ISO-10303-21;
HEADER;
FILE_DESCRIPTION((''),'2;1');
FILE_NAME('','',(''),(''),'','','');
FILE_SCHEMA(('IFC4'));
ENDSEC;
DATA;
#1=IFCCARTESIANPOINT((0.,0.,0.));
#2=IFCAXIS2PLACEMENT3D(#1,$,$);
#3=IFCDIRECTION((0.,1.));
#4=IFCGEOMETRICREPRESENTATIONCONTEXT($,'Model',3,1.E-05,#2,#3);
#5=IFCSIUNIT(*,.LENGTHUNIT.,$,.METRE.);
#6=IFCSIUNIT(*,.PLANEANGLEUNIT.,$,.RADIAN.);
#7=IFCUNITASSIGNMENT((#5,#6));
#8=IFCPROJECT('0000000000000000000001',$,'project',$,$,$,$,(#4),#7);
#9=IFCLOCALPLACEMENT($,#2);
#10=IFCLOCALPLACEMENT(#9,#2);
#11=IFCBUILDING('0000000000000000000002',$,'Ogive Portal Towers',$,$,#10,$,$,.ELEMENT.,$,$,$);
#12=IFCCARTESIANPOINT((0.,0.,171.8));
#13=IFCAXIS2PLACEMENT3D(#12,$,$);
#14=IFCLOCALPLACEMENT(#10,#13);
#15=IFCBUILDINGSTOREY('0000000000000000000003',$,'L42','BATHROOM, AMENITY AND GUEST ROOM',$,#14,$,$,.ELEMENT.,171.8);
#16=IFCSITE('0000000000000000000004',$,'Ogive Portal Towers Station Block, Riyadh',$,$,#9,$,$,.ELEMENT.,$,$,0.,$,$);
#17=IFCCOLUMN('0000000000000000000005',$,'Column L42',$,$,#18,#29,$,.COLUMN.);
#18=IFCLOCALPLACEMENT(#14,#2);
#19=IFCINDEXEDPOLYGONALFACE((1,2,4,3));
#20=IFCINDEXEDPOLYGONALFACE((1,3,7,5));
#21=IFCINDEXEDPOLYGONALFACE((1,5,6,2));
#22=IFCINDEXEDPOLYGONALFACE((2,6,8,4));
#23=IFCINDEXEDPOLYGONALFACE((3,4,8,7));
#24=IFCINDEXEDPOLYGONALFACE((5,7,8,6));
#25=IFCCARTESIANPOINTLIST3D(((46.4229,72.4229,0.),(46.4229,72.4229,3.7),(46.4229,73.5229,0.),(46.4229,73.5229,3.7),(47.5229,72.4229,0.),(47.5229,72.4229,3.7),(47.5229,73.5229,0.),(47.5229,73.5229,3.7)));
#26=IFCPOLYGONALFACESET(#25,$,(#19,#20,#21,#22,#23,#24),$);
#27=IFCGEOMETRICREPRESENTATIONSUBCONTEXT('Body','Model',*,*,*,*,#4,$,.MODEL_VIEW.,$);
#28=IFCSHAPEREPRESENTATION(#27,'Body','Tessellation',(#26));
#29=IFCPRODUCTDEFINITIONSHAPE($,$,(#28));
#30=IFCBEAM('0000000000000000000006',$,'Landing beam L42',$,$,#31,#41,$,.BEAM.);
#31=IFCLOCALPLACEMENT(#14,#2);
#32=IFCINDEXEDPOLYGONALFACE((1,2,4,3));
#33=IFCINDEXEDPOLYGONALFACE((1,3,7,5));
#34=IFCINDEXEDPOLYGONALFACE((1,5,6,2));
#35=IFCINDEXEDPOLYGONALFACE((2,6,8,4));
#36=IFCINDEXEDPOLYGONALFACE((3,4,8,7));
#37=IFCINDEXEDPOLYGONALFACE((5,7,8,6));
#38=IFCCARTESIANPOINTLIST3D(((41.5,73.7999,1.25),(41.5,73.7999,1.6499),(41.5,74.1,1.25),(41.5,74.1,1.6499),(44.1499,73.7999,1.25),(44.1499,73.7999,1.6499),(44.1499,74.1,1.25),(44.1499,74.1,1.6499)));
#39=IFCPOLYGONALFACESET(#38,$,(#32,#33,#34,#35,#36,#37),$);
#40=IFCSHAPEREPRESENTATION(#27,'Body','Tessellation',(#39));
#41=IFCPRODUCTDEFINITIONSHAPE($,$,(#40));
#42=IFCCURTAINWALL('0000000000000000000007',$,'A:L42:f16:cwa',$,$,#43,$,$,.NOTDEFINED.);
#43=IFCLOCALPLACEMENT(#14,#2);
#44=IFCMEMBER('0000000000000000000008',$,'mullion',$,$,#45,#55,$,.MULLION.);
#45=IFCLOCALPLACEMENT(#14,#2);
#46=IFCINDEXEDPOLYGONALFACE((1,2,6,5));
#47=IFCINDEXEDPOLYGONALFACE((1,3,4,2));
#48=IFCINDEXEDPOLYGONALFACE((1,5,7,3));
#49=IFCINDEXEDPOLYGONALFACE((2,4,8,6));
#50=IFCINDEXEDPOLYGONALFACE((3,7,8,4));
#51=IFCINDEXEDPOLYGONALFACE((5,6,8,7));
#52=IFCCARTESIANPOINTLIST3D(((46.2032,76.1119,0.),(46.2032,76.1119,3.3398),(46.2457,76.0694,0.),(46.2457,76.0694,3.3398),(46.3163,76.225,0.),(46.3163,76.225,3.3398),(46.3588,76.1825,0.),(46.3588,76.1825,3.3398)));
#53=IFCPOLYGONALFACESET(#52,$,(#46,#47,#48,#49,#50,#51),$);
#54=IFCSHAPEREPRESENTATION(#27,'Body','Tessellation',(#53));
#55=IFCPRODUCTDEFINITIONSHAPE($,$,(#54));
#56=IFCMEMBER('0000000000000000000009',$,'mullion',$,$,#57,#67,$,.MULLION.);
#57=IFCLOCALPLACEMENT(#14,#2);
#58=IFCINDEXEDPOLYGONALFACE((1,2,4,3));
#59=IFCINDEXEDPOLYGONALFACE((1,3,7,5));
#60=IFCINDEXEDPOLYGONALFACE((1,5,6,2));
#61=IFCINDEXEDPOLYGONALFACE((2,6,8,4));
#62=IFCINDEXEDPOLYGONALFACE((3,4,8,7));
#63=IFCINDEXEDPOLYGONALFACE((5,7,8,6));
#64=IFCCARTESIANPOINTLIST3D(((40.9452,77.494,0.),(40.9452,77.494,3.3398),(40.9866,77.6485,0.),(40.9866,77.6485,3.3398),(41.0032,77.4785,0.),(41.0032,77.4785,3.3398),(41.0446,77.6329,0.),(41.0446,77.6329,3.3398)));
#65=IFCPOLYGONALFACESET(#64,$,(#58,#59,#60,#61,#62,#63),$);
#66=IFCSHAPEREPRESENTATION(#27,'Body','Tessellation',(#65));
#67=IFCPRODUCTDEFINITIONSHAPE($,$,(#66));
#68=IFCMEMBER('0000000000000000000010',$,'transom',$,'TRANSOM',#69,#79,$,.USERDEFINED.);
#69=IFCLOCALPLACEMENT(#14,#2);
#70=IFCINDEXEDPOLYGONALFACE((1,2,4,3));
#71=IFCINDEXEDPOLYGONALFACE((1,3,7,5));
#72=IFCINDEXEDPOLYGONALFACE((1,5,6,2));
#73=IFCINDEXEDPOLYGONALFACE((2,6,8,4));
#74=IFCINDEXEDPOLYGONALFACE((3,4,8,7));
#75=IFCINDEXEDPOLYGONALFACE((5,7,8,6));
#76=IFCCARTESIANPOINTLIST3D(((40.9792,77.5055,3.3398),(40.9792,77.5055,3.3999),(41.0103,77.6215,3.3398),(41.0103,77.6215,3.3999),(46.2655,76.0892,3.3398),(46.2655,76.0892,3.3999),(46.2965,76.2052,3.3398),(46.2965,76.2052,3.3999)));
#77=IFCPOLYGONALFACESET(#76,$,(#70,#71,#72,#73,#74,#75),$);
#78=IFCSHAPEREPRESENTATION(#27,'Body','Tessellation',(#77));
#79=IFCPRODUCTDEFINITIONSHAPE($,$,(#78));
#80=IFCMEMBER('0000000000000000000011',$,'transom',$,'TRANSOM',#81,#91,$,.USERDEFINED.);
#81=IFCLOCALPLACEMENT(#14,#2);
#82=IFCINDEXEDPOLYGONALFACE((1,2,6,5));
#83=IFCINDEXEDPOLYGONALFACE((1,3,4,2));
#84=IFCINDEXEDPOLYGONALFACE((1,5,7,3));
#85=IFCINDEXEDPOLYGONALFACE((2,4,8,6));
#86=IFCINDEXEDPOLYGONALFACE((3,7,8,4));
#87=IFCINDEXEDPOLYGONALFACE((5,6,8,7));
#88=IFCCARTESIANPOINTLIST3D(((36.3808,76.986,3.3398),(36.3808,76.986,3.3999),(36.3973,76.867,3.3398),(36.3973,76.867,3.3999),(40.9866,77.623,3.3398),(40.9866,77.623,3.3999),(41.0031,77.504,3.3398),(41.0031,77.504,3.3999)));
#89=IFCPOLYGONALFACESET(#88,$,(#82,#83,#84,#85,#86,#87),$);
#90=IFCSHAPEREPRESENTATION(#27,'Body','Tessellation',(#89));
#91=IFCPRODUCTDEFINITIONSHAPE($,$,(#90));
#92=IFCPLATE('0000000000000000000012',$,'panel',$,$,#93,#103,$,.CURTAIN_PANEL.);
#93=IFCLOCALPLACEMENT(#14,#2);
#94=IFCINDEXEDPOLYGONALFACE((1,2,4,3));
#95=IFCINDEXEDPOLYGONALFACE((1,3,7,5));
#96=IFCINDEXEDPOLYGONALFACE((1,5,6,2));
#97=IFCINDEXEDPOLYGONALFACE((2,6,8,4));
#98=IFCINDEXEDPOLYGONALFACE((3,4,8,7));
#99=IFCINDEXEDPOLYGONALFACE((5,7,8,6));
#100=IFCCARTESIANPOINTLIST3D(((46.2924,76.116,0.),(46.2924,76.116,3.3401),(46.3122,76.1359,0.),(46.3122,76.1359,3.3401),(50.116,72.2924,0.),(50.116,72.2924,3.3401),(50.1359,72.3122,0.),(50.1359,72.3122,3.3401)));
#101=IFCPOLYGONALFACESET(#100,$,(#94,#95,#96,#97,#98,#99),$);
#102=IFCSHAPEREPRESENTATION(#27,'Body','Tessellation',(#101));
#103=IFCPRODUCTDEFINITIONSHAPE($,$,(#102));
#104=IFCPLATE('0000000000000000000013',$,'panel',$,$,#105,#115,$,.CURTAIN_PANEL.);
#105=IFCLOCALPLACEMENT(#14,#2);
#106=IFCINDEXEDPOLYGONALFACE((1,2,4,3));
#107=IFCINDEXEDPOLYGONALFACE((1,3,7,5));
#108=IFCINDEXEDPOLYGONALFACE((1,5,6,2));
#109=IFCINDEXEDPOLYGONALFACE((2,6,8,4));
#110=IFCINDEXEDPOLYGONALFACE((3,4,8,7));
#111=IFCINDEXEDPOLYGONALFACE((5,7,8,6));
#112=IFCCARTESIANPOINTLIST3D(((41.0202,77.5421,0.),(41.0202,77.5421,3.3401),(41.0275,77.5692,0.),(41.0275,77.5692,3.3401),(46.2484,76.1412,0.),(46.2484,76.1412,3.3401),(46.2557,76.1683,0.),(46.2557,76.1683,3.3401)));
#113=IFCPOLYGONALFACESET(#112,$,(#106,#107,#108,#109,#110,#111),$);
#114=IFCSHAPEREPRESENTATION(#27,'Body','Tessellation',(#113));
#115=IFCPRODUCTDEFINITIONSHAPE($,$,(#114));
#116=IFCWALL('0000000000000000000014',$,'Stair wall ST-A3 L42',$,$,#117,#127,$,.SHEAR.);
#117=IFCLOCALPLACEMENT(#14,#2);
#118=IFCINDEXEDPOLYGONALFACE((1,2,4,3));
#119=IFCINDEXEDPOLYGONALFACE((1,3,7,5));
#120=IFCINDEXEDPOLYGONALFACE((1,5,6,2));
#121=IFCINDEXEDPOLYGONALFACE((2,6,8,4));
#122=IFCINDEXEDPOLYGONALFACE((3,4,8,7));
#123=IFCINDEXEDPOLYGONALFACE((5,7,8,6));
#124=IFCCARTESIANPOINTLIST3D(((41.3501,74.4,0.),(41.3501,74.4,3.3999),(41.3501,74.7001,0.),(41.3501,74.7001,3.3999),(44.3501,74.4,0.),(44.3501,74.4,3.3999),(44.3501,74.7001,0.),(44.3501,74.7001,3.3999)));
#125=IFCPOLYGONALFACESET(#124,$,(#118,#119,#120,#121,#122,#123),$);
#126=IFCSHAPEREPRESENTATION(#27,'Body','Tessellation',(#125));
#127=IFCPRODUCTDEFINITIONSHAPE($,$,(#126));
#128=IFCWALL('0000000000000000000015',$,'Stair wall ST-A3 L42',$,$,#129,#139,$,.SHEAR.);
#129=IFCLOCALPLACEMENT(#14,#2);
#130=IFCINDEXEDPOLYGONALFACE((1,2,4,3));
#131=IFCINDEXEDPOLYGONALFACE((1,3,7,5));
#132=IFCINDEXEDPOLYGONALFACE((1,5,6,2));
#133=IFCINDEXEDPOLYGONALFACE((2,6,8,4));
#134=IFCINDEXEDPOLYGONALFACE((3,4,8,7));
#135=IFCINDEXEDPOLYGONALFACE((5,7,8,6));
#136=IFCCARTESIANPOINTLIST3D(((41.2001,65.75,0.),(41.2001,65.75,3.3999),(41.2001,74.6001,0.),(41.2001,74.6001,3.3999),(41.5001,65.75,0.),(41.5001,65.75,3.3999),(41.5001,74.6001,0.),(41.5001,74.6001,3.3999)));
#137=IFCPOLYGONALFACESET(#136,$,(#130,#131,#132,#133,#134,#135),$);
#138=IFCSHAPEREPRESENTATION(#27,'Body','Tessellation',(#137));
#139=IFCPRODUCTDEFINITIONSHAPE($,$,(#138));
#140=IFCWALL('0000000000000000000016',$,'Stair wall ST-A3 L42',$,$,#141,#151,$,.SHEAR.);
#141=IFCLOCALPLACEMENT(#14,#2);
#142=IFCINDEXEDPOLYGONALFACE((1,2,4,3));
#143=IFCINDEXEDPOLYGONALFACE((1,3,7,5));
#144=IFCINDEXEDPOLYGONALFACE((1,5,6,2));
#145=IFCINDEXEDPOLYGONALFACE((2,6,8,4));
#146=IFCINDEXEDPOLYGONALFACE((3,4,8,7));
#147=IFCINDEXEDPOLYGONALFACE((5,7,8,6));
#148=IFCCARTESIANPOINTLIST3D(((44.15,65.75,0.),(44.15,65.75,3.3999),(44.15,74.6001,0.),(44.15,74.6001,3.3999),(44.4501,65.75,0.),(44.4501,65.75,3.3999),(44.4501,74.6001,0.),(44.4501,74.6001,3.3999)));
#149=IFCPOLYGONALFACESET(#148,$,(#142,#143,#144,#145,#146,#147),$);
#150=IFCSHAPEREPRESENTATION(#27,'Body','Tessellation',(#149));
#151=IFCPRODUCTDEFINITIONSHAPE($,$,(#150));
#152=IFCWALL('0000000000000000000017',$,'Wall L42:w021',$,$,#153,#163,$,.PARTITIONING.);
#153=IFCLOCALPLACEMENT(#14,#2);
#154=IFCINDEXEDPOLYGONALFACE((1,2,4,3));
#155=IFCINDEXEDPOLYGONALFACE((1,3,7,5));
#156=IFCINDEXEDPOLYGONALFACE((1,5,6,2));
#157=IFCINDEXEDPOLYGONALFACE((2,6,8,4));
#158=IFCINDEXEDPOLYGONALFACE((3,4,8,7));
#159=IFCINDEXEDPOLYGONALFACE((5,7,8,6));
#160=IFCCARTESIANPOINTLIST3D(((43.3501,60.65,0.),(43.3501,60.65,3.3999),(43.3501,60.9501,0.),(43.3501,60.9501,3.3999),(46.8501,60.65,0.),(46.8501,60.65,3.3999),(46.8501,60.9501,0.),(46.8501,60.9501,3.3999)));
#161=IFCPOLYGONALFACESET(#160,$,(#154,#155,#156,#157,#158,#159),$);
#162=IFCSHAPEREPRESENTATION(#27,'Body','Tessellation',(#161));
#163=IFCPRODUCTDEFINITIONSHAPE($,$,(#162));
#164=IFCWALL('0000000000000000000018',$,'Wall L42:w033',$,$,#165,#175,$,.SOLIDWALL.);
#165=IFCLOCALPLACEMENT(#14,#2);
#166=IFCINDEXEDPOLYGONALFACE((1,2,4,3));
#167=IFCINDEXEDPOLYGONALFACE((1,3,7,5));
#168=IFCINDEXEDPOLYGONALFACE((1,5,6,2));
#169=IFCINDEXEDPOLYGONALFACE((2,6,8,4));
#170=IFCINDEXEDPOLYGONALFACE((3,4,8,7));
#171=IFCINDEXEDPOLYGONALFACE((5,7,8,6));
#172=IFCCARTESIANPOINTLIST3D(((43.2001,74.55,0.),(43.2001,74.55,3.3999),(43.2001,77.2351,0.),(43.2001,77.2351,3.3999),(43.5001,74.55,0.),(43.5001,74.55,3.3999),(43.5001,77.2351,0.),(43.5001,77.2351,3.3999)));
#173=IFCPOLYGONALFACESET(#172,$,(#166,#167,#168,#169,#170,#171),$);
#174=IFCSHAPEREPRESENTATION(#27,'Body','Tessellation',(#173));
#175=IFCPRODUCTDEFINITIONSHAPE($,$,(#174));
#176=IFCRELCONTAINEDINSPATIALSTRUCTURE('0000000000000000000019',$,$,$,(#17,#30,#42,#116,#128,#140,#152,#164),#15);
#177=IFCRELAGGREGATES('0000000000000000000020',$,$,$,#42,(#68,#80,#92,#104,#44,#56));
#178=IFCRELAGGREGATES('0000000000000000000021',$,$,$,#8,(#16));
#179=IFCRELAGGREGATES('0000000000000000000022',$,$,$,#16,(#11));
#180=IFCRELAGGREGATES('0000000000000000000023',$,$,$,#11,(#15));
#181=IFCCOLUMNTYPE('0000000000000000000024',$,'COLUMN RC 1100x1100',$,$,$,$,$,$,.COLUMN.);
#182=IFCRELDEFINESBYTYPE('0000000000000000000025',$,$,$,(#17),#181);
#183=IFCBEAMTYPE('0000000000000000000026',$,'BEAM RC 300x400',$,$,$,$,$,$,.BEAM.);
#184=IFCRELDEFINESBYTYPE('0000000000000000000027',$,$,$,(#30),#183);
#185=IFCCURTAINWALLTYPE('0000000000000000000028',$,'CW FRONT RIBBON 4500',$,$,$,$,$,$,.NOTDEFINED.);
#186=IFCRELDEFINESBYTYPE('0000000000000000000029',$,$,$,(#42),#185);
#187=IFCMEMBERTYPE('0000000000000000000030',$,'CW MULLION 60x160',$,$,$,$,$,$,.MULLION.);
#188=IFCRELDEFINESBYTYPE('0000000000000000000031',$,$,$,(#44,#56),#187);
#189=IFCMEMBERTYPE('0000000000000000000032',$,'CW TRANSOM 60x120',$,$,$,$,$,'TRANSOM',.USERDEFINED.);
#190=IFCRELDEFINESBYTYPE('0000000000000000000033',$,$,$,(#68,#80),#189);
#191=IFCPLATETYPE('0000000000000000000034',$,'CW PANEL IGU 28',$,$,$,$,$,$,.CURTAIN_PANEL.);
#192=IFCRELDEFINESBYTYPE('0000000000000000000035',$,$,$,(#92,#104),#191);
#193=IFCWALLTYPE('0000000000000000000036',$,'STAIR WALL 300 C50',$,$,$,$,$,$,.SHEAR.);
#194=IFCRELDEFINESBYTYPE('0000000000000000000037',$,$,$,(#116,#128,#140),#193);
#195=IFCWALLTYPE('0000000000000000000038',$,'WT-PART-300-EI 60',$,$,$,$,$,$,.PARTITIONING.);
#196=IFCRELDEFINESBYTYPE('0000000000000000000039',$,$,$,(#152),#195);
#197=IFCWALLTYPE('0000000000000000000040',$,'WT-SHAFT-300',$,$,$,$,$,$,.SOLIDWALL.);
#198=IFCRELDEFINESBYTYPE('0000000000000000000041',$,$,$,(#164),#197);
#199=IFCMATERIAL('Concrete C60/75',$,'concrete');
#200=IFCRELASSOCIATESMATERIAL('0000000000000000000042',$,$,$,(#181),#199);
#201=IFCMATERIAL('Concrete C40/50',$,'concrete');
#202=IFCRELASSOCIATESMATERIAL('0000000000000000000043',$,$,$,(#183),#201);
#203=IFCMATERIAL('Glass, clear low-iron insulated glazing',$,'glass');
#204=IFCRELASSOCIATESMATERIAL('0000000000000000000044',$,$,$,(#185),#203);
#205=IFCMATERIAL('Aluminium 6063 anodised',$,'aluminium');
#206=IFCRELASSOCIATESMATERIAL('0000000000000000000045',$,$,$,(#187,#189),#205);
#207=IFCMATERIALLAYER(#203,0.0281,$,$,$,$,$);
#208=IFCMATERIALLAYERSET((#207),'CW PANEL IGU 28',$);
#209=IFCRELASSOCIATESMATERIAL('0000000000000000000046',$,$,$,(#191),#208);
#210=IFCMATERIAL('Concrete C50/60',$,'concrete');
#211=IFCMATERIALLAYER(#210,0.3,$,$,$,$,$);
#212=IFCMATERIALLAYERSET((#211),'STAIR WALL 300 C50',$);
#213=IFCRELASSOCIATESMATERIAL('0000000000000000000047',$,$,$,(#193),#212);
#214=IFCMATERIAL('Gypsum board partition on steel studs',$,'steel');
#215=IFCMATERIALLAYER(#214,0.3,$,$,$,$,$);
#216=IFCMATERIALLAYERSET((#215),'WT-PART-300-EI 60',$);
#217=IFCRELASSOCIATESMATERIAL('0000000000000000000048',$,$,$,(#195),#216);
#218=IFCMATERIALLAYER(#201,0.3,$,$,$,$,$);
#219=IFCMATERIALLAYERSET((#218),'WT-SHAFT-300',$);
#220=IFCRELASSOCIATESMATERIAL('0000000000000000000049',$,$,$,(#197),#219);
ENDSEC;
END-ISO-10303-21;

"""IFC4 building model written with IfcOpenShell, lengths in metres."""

from ifc_helpers import new_model, si_unit, direction, frame, frame_2d, origin, origin_2d, place, context, subcontext, project, spatial, rectangle, extrude, material, layer, layer_set, material_profile, profile_set, type_object, element, aggregate, save


model = new_model("IFC4")

# Units and contexts
model_context = context("Model", 3, precision=1e-05, world=origin(), true_north=direction((0.0, 1.0)))
body_context = subcontext(model_context, "Body", "Model", "MODEL_VIEW")
ifc_project = project(units=[si_unit("LENGTHUNIT", "METRE"), si_unit("PLANEANGLEUNIT", "RADIAN")], contexts=[model_context])

# Site, building, storey
site_placement = place(None, origin())
site = spatial("IfcSite", under=ifc_project, at=site_placement, Name="Ogive Portal Towers Station Block, Riyadh", CompositionType="ELEMENT", RefElevation=0.0)
building_placement = place(site_placement, origin())
building = spatial("IfcBuilding", under=site, at=building_placement, Name="Ogive Portal Towers", CompositionType="ELEMENT")
storey_placement = place(building_placement, frame((0.0, 0.0, 171.8)))
storey = spatial("IfcBuildingStorey", under=building, at=storey_placement, Name="L42", Description="BATHROOM, AMENITY AND GUEST ROOM", CompositionType="ELEMENT", Elevation=171.8)

# Column
ifc_material_1 = material(Name="Concrete C60/75", Category="concrete")
ifc_material_profile_1 = material_profile(ifc_material_1, rectangle(XDim=1.1001, YDim=1.1001, at=origin_2d()), Name="RC 1100x1100")
ifc_profile_set_1 = profile_set([ifc_material_profile_1], Name="Concrete C60/75")
column_type = type_object("IfcColumnType", Name="COLUMN RC 1100x1100", PredefinedType="COLUMN", material=ifc_profile_set_1)
column_placement = place(storey_placement, frame((46.9729, 72.9729, 0.0), z_axis=(0.0, 0.0, 1.0), x_axis=(1.0, 0.0, 0.0)))
element("IfcColumn", 1, at=column_placement, inside=storey, type_object=column_type, Name="Column L42", PredefinedType="COLUMN", context=body_context, shape_type="SweptSolid", body=[
    extrude(rectangle(XDim=1.1001, YDim=1.1001, at=origin_2d()), origin(), (0.0, 0.0, 1.0), 3.7),
])

# Beam
ifc_material_2 = material(Name="Concrete C40/50", Category="concrete")
ifc_material_profile_2 = material_profile(ifc_material_2, rectangle(XDim=0.3, YDim=0.3999, at=origin_2d()), Name="RC 300x400")
ifc_profile_set_2 = profile_set([ifc_material_profile_2], Name="Concrete C40/50")
beam_type = type_object("IfcBeamType", Name="BEAM RC 300x400", PredefinedType="BEAM", material=ifc_profile_set_2)
beam_placement = place(storey_placement, frame((41.5, 73.95, 1.45), z_axis=(1.0, 0.0, 0.0), x_axis=(0.0, 1.0, 0.0)))
element("IfcBeam", 2, at=beam_placement, inside=storey, type_object=beam_type, Name="Landing beam L42", PredefinedType="BEAM", context=body_context, shape_type="SweptSolid", body=[
    extrude(rectangle(XDim=0.3, YDim=0.3999, at=origin_2d()), origin(), (0.0, 0.0, 1.0), 2.6499),
])

# Curtain wall, members, plates
ifc_material_3 = material(Name="Glass, clear low-iron insulated glazing", Category="glass")
curtain_wall_type = type_object("IfcCurtainWallType", Name="CW FRONT RIBBON 4500", PredefinedType="NOTDEFINED", material=ifc_material_3)
curtain_wall_placement = place(storey_placement, origin())
curtain_wall = element("IfcCurtainWall", 3, at=curtain_wall_placement, inside=storey, type_object=curtain_wall_type, Name="A:L42:f16:cwa", PredefinedType="NOTDEFINED")
ifc_material_4 = material(Name="Aluminium 6063 anodised", Category="aluminium")
ifc_material_profile_3 = material_profile(ifc_material_4, rectangle(XDim=0.1599, YDim=0.0601, at=origin_2d()), Name="AL 60x160")
ifc_profile_set_3 = profile_set([ifc_material_profile_3], Name="Aluminium 6063 anodised")
member_type_1 = type_object("IfcMemberType", Name="CW MULLION 60x160", PredefinedType="MULLION", material=ifc_profile_set_3)
member_1_placement = place(storey_placement, frame((46.281, 76.1472, 0.0), z_axis=(0.0, 0.0, 1.0), x_axis=(-0.707107, -0.707107, 0.0)))
member_1 = element("IfcMember", 4, at=member_1_placement, type_object=member_type_1, Name="mullion", PredefinedType="MULLION", context=body_context, shape_type="SweptSolid", body=[
    extrude(rectangle(XDim=0.1599, YDim=0.0601, at=origin_2d()), origin(), (0.0, 0.0, 1.0), 3.3398),
])
member_2_placement = place(storey_placement, frame((40.9949, 77.5635, 0.0), z_axis=(0.0, 0.0, 1.0), x_axis=(-0.258819, -0.965926, 0.0)))
member_2 = element("IfcMember", 5, at=member_2_placement, type_object=member_type_1, Name="mullion", PredefinedType="MULLION", context=body_context, shape_type="SweptSolid", body=[
    extrude(rectangle(XDim=0.1599, YDim=0.0601, at=origin_2d()), origin(), (0.0, 0.0, 1.0), 3.3398),
])
ifc_material_profile_4 = material_profile(ifc_material_4, rectangle(XDim=0.1201, YDim=0.0601, at=origin_2d()), Name="AL 120x60")
ifc_profile_set_4 = profile_set([ifc_material_profile_4], Name="Aluminium 6063 anodised")
member_type_2 = type_object("IfcMemberType", Name="CW TRANSOM 60x120", ElementType="TRANSOM", PredefinedType="USERDEFINED", material=ifc_profile_set_4)
member_3_placement = place(storey_placement, frame((46.281, 76.1472, 3.3699), z_axis=(-0.965933, 0.258793, 0.0), x_axis=(-0.258793, -0.965933, 0.0)))
member_3 = element("IfcMember", 6, at=member_3_placement, type_object=member_type_2, Name="transom", ObjectType="TRANSOM", PredefinedType="USERDEFINED", context=body_context, shape_type="SweptSolid", body=[
    extrude(rectangle(XDim=0.1201, YDim=0.0601, at=origin_2d()), origin(), (0.0, 0.0, 1.0), 5.4727),
])
member_4_placement = place(storey_placement, frame((40.9949, 77.5635, 3.3699), z_axis=(-0.990572, -0.136995, 0.0), x_axis=(0.136995, -0.990572, 0.0)))
member_4 = element("IfcMember", 7, at=member_4_placement, type_object=member_type_2, Name="transom", ObjectType="TRANSOM", PredefinedType="USERDEFINED", context=body_context, shape_type="SweptSolid", body=[
    extrude(rectangle(XDim=0.1201, YDim=0.0601, at=origin_2d()), origin(), (0.0, 0.0, 1.0), 4.6497),
])
ifc_layer_1 = layer(ifc_material_3, 0.0281)
ifc_layer_set_1 = layer_set([ifc_layer_1], Name="CW PANEL IGU 28")
plate_type = type_object("IfcPlateType", Name="CW PANEL IGU 28", PredefinedType="CURTAIN_PANEL", material=ifc_layer_set_1)
plate_1_placement = place(storey_placement, frame((48.2141, 74.2141, 0.0), z_axis=(0.0, 0.0, 1.0), x_axis=(-0.707107, 0.707107, 0.0)))
plate_1 = element("IfcPlate", 8, at=plate_1_placement, type_object=plate_type, Name="panel", PredefinedType="CURTAIN_PANEL", context=body_context, shape_type="SweptSolid", body=[
    extrude(rectangle(XDim=5.4075, YDim=0.0281, at=origin_2d()), origin(), (0.0, 0.0, 1.0), 3.3401),
])
plate_2_placement = place(storey_placement, frame((43.6379, 76.8552, 0.0), z_axis=(0.0, 0.0, 1.0), x_axis=(-0.965926, 0.258819, 0.0)))
plate_2 = element("IfcPlate", 9, at=plate_2_placement, type_object=plate_type, Name="panel", PredefinedType="CURTAIN_PANEL", context=body_context, shape_type="SweptSolid", body=[
    extrude(rectangle(XDim=5.4126, YDim=0.0281, at=origin_2d()), origin(), (0.0, 0.0, 1.0), 3.3401),
])
aggregate(curtain_wall, [member_3, member_4, plate_1, plate_2, member_1, member_2])

# Walls
ifc_material_5 = material(Name="Concrete C50/60", Category="concrete")
ifc_layer_2 = layer(ifc_material_5, 0.3)
ifc_layer_set_2 = layer_set([ifc_layer_2], Name="STAIR WALL 300 C50")
wall_type_1 = type_object("IfcWallType", Name="STAIR WALL 300 C50", PredefinedType="SHEAR", material=ifc_layer_set_2)
wall_1_placement = place(storey_placement, frame((41.3501, 74.55, 0.0), z_axis=(0.0, 0.0, 1.0), x_axis=(1.0, 0.0, 0.0)))
element("IfcWall", 10, at=wall_1_placement, inside=storey, type_object=wall_type_1, Name="Stair wall ST-A3 L42", PredefinedType="SHEAR", context=body_context, shape_type="SweptSolid", body=[
    extrude(rectangle(XDim=3.0, YDim=0.3, at=frame_2d((1.5, 0.0))), origin(), (0.0, 0.0, 1.0), 3.3999),
])
for number, where, z_axis, x_axis, name in (
    (11, (41.3501, 65.75, 0.0), (0.0, 0.0, 1.0), (0.0, 1.0, 0.0), "Stair wall ST-A3 L42"),
    (12, (44.3, 65.75, 0.0), (0.0, 0.0, 1.0), (0.0, 1.0, 0.0), "Stair wall ST-A3 L42"),
):
    element("IfcWall", number, at=place(storey_placement, frame(where, z_axis=z_axis, x_axis=x_axis)), inside=storey, type_object=wall_type_1, Name=name, PredefinedType="SHEAR", context=body_context, shape_type="SweptSolid", body=[
        extrude(rectangle(XDim=8.8501, YDim=0.3, at=frame_2d((4.425, 0.0))), origin(), (0.0, 0.0, 1.0), 3.3999),
    ])
ifc_material_6 = material(Name="Gypsum board partition on steel studs", Category="steel")
ifc_layer_3 = layer(ifc_material_6, 0.3)
ifc_layer_set_3 = layer_set([ifc_layer_3], Name="WT-PART-300-EI 60")
wall_type_2 = type_object("IfcWallType", Name="WT-PART-300-EI 60", PredefinedType="PARTITIONING", material=ifc_layer_set_3)
wall_2_placement = place(storey_placement, frame((43.3501, 60.8, 0.0), z_axis=(0.0, 0.0, 1.0), x_axis=(1.0, 0.0, 0.0)))
element("IfcWall", 13, at=wall_2_placement, inside=storey, type_object=wall_type_2, Name="Wall L42:w021", PredefinedType="PARTITIONING", context=body_context, shape_type="SweptSolid", body=[
    extrude(rectangle(XDim=3.5, YDim=0.3, at=frame_2d((1.75, 0.0))), origin(), (0.0, 0.0, 1.0), 3.3999),
])
ifc_layer_4 = layer(ifc_material_2, 0.3)
ifc_layer_set_4 = layer_set([ifc_layer_4], Name="WT-SHAFT-300")
wall_type_3 = type_object("IfcWallType", Name="WT-SHAFT-300", PredefinedType="SOLIDWALL", material=ifc_layer_set_4)
wall_3_placement = place(storey_placement, frame((43.3501, 74.55, 0.0), z_axis=(0.0, 0.0, 1.0), x_axis=(0.0, 1.0, 0.0)))
element("IfcWall", 14, at=wall_3_placement, inside=storey, type_object=wall_type_3, Name="Wall L42:w033", PredefinedType="SOLIDWALL", context=body_context, shape_type="SweptSolid", body=[
    extrude(rectangle(XDim=2.6851, YDim=0.3, at=frame_2d((1.3425, 0.0))), origin(), (0.0, 0.0, 1.0), 3.3999),
])

save(model, "model.ifc")
